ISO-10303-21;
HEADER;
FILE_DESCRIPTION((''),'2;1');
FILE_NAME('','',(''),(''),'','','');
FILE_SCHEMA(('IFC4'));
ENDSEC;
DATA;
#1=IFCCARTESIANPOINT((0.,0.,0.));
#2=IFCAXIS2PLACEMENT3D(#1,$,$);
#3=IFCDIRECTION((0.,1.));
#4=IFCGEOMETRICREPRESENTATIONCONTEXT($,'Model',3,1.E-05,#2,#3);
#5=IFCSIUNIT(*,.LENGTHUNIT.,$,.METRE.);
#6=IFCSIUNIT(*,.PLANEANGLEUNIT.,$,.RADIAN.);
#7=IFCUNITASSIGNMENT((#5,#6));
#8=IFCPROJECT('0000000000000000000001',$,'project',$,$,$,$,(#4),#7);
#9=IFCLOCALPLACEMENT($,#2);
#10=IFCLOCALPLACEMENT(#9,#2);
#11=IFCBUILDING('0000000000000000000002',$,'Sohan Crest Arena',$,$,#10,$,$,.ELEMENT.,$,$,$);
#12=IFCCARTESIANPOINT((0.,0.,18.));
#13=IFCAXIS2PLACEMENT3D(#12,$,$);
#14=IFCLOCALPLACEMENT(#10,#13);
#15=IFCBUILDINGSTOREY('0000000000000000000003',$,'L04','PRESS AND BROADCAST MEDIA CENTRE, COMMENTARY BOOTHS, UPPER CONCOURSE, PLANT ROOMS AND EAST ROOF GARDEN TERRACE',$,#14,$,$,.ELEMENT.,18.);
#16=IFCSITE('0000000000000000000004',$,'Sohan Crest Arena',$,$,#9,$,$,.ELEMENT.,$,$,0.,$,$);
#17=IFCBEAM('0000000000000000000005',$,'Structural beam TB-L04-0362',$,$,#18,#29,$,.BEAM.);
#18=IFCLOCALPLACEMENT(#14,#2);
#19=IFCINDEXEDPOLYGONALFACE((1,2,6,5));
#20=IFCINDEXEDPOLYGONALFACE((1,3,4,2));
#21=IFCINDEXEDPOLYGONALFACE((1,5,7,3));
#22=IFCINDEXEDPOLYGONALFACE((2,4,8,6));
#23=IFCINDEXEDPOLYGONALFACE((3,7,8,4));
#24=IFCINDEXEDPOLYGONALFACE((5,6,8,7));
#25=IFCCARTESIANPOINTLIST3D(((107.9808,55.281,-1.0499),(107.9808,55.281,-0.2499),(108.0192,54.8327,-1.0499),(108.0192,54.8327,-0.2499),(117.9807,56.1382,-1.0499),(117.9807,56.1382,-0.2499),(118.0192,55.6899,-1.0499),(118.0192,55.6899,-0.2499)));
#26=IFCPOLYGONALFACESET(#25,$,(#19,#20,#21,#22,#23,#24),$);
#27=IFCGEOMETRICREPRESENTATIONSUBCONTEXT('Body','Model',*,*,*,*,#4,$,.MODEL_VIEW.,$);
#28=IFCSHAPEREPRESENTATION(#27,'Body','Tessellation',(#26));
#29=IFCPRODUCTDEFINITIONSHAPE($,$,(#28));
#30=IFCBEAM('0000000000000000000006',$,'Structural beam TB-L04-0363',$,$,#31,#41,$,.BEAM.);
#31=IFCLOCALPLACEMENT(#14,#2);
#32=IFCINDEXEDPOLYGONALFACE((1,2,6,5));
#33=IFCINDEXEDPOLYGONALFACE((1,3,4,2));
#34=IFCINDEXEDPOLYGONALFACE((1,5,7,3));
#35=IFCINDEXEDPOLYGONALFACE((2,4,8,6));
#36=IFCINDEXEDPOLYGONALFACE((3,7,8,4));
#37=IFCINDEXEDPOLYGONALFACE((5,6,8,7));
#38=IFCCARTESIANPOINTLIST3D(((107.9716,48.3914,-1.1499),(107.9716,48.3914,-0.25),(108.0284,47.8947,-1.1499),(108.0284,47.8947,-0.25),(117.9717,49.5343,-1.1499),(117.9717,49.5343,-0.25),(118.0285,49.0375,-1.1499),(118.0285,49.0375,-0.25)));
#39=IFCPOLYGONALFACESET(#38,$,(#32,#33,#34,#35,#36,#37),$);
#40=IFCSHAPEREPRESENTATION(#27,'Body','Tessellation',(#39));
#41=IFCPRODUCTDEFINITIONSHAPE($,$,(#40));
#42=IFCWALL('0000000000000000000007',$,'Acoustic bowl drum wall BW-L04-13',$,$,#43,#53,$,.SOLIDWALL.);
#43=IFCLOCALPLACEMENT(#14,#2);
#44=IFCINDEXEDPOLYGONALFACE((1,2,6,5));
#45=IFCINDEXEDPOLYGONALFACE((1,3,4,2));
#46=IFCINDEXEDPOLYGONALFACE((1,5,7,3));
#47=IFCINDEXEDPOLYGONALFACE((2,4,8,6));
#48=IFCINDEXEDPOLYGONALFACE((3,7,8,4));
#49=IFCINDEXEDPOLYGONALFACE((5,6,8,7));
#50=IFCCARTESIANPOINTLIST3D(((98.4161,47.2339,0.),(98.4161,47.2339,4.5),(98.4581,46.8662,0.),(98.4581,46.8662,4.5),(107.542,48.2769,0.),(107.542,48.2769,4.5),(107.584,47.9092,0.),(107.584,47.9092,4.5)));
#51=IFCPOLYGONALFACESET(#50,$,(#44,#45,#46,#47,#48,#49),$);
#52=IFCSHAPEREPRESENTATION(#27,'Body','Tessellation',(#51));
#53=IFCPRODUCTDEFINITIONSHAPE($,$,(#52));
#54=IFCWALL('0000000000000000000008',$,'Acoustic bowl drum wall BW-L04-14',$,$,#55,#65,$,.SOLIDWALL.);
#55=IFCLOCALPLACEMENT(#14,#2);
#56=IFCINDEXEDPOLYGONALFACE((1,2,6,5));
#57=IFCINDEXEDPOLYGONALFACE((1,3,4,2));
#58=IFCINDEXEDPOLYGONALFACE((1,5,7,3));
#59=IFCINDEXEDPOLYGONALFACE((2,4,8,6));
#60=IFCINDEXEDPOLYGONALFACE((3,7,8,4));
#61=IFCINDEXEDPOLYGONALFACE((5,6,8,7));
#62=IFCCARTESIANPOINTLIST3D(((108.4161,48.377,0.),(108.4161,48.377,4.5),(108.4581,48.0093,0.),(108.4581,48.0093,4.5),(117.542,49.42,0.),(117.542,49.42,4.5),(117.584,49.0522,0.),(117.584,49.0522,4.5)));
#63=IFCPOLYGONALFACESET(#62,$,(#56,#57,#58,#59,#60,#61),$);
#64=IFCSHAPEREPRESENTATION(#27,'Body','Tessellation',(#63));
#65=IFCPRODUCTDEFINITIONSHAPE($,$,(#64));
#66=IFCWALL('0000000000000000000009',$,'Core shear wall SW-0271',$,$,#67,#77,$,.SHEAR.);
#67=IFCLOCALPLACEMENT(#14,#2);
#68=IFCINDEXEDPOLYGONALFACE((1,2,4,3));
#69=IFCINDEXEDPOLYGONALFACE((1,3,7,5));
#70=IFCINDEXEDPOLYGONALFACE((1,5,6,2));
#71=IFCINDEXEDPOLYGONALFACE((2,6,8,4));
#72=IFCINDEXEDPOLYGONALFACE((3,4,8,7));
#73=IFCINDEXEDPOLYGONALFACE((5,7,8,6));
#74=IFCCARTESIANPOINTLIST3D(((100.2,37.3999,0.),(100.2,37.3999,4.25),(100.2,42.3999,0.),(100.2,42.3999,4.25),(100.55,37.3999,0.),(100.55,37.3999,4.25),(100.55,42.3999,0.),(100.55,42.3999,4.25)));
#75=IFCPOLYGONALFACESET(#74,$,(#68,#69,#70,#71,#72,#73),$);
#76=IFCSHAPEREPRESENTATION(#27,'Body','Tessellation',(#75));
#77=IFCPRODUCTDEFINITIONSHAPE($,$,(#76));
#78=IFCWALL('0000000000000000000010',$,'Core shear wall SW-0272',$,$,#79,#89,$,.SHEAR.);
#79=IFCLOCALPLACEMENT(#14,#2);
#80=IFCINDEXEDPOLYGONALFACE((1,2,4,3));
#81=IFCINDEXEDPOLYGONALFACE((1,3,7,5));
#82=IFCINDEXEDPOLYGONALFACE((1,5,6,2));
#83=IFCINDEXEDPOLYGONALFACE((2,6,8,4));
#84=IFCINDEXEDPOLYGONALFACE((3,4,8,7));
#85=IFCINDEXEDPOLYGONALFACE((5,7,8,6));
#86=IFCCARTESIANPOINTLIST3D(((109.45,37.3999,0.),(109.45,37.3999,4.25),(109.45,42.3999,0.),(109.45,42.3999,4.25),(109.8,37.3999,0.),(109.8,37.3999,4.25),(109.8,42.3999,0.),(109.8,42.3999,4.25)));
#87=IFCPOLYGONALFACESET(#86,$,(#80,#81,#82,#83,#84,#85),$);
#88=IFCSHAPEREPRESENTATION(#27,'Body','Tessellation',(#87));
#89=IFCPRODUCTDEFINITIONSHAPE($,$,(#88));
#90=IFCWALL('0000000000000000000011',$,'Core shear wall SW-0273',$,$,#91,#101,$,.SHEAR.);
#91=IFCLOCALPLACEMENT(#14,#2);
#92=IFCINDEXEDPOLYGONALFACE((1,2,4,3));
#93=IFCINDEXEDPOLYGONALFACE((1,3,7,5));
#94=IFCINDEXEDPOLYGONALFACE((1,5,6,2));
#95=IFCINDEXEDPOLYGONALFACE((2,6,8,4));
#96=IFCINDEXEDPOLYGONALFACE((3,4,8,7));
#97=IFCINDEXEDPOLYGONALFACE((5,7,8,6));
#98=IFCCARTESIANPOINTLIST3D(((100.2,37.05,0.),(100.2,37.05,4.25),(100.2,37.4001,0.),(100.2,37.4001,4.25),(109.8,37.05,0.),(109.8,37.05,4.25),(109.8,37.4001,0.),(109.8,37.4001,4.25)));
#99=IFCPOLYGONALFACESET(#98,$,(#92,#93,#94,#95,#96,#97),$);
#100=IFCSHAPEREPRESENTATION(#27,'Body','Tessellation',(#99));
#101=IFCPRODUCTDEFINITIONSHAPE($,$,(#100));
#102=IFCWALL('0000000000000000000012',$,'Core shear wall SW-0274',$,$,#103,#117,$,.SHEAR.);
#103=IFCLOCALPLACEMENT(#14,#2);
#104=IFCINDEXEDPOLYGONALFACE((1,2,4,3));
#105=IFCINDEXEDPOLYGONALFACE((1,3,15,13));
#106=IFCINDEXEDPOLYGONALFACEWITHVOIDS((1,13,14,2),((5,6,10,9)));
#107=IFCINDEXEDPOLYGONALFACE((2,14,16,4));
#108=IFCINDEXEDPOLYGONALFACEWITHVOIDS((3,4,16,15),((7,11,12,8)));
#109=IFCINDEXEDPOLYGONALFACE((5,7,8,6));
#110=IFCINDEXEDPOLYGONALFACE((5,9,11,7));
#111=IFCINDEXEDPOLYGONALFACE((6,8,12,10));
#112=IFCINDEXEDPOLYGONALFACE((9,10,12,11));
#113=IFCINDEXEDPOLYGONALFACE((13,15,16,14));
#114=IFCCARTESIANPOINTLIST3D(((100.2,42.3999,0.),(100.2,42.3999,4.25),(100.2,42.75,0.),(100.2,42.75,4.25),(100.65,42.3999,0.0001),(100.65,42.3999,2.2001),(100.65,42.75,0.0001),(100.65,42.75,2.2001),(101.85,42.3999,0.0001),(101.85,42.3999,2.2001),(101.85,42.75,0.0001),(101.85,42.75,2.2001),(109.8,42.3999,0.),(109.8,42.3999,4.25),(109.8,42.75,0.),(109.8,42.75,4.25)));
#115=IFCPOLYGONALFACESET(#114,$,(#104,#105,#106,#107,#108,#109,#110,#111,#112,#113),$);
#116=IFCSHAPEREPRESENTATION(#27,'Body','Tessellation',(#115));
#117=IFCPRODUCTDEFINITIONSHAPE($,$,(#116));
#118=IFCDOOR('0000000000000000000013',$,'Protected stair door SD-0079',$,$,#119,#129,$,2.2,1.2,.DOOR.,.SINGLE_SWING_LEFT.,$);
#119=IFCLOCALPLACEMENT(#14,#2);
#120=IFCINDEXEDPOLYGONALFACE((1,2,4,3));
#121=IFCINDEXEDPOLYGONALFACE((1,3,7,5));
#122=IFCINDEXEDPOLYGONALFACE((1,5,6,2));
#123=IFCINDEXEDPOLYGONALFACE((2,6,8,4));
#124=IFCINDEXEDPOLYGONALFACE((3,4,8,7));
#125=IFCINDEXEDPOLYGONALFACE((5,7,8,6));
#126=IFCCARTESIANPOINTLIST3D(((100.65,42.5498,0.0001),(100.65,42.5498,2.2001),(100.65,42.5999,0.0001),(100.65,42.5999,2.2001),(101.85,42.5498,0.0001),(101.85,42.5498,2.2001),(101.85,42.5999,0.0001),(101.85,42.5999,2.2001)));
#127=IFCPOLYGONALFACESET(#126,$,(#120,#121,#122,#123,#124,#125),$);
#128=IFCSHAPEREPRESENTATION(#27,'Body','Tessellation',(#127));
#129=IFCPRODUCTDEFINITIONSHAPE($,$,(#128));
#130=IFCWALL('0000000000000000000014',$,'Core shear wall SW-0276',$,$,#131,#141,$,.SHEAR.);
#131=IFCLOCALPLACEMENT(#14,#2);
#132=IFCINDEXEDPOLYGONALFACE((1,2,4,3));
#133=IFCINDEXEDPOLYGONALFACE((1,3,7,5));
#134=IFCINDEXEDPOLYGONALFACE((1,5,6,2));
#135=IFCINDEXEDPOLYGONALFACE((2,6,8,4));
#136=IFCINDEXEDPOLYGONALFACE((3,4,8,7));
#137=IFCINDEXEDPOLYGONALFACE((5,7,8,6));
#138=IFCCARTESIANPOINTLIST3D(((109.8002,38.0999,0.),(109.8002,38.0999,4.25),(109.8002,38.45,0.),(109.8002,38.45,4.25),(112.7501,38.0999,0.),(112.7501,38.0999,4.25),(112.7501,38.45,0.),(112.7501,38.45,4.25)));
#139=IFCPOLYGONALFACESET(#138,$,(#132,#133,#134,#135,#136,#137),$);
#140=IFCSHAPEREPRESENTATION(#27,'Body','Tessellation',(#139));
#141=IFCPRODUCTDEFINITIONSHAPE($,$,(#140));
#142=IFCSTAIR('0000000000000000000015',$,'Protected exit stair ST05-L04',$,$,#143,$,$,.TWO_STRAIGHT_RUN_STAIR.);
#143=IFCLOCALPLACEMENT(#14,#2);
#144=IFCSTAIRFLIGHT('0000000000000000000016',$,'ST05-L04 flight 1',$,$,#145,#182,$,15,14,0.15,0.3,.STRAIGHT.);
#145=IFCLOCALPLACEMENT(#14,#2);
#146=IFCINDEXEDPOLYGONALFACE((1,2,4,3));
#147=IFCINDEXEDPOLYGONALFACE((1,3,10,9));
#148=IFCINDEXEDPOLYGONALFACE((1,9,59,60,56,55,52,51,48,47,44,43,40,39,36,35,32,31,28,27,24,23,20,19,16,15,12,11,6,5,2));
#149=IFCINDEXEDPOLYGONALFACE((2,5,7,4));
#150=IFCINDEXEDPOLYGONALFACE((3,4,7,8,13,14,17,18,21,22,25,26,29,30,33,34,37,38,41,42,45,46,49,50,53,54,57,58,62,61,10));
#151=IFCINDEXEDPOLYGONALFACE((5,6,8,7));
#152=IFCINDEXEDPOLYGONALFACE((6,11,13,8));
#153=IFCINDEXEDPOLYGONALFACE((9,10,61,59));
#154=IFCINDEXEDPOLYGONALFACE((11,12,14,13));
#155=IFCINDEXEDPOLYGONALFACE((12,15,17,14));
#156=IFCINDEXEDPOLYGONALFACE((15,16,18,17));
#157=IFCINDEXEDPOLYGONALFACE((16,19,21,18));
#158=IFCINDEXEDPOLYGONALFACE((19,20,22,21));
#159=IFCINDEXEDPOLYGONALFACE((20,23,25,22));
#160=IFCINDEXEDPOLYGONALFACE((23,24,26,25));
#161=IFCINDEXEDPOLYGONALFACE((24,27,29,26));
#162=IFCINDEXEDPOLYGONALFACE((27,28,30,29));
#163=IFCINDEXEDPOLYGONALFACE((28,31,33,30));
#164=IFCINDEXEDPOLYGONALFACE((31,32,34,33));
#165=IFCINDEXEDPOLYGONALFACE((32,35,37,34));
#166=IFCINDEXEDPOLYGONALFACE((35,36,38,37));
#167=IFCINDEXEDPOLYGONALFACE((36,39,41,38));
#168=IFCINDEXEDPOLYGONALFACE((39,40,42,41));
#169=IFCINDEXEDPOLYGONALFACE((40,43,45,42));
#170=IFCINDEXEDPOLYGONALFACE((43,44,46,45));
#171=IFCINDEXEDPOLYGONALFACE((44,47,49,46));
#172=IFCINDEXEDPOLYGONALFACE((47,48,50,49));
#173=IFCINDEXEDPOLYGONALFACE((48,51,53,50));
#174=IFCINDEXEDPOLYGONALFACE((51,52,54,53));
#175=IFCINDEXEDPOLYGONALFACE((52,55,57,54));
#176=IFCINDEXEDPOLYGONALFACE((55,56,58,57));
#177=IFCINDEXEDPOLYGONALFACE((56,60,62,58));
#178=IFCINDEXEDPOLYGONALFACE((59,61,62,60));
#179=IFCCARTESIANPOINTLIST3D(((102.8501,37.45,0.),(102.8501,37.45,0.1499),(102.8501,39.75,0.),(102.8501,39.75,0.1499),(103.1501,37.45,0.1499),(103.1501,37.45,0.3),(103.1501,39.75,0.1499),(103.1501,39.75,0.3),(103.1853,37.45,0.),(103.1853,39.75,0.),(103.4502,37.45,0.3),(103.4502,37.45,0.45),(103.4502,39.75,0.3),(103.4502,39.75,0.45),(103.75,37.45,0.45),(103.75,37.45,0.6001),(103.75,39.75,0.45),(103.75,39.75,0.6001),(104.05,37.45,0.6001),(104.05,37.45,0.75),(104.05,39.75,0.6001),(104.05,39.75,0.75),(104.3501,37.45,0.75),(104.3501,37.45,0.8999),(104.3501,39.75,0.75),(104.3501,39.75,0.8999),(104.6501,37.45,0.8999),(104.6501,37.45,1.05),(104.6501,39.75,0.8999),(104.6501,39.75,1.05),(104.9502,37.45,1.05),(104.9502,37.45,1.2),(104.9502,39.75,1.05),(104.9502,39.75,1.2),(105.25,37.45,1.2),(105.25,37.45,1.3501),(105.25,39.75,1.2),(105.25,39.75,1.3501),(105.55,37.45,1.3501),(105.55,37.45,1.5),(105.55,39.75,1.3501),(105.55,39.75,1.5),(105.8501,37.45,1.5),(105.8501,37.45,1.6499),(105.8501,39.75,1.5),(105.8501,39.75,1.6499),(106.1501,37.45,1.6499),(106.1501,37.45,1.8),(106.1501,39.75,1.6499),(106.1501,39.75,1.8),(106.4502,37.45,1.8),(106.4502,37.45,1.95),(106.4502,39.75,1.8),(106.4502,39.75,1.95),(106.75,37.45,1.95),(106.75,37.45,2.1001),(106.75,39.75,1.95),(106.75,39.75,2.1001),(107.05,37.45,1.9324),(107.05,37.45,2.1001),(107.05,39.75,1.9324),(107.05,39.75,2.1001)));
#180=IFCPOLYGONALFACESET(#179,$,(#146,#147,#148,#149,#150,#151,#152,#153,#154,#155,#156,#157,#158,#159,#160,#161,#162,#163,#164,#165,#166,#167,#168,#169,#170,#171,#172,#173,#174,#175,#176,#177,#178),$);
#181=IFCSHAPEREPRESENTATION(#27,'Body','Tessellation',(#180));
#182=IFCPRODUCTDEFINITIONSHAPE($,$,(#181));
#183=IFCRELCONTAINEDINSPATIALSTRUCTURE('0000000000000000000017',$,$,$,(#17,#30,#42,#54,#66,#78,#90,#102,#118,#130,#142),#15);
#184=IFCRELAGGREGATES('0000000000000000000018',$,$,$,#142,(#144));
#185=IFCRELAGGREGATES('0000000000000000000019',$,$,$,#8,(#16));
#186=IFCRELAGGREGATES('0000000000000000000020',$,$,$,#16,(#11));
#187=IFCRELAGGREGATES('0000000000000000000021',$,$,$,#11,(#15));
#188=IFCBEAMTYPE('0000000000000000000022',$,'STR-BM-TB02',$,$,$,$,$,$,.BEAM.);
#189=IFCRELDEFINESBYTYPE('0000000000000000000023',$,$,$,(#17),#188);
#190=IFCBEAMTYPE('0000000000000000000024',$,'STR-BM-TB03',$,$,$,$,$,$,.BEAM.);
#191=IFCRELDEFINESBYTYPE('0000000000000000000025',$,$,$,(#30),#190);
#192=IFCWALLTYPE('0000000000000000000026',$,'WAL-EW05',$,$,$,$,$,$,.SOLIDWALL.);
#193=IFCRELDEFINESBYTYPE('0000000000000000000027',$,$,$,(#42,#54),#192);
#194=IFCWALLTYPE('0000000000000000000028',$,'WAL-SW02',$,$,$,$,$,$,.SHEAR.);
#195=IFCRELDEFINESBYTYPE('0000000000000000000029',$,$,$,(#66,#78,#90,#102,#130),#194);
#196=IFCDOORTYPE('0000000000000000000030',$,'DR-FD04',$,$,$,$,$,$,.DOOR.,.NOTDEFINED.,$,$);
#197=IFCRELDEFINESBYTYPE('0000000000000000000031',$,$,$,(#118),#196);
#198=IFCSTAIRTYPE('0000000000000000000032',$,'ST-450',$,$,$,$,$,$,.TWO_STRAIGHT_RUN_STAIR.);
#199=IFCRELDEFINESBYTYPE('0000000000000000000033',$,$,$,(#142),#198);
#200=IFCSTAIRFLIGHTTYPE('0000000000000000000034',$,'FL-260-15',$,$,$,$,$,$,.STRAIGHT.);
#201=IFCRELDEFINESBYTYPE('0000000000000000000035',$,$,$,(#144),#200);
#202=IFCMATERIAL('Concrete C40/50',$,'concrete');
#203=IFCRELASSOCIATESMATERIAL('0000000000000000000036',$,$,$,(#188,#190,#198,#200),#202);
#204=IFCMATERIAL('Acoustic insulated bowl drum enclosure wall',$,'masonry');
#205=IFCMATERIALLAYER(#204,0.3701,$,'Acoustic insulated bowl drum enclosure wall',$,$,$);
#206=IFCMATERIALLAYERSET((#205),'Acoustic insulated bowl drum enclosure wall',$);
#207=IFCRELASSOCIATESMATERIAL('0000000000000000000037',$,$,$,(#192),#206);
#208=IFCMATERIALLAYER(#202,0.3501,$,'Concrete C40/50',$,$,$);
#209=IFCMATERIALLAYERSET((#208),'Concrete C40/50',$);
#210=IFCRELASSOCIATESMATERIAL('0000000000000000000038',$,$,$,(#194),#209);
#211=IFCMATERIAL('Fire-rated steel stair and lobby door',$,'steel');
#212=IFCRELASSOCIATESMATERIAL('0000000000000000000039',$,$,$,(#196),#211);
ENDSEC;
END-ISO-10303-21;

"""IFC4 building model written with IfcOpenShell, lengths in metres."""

from ifc_helpers import new_model, si_unit, direction, frame, frame_2d, origin, origin_2d, place, context, subcontext, project, spatial, polyline, rectangle, outline, extrude, material, layer, layer_set, material_profile, profile_set, type_object, element, fill, aggregate, save


model = new_model("IFC4")

# Units and contexts
model_context = context("Model", 3, precision=1e-05, world=origin(), true_north=direction((0.0, 1.0)))
body_context = subcontext(model_context, "Body", "Model", "MODEL_VIEW")
ifc_project = project(units=[si_unit("LENGTHUNIT", "METRE"), si_unit("PLANEANGLEUNIT", "RADIAN")], contexts=[model_context])

# Site, building, storey
site_placement = place(None, origin())
site = spatial("IfcSite", under=ifc_project, at=site_placement, Name="Sohan Crest Arena", CompositionType="ELEMENT", RefElevation=0.0)
building_placement = place(site_placement, origin())
building = spatial("IfcBuilding", under=site, at=building_placement, Name="Sohan Crest Arena", CompositionType="ELEMENT")
storey_placement = place(building_placement, frame((0.0, 0.0, 18.0)))
storey = spatial("IfcBuildingStorey", under=building, at=storey_placement, Name="L04", Description="PRESS AND BROADCAST MEDIA CENTRE, COMMENTARY BOOTHS, UPPER CONCOURSE, PLANT ROOMS AND EAST ROOF GARDEN TERRACE", CompositionType="ELEMENT", Elevation=18.0)

# Shared definitions
ifc_material_1 = material(Name="Concrete C40/50", Category="concrete")

# Beams
ifc_material_profile_1 = material_profile(ifc_material_1, rectangle(XDim=0.45, YDim=0.8, at=origin_2d()), Name="RC-BM 450x800")
ifc_profile_set_1 = profile_set([ifc_material_profile_1], Name="Concrete C40/50")
beam_type_1 = type_object("IfcBeamType", Name="STR-BM-TB02", PredefinedType="BEAM", material=ifc_profile_set_1)
beam_1_placement = place(storey_placement, frame((108.0, 55.0569, -0.6499), z_axis=(0.996346, 0.085405, 0.0), x_axis=(-0.085405, 0.996346, 0.0)))
element("IfcBeam", 1, at=beam_1_placement, inside=storey, type_object=beam_type_1, Name="Structural beam TB-L04-0362", PredefinedType="BEAM", context=body_context, shape_type="SweptSolid", body=[
    extrude(rectangle(XDim=0.45, YDim=0.8, at=origin_2d()), origin(), (0.0, 0.0, 1.0), 10.0366),
])
ifc_material_profile_2 = material_profile(ifc_material_1, rectangle(XDim=0.5, YDim=0.8999, at=origin_2d()), Name="RC-BM 500x900")
ifc_profile_set_2 = profile_set([ifc_material_profile_2], Name="Concrete C40/50")
beam_type_2 = type_object("IfcBeamType", Name="STR-BM-TB03", PredefinedType="BEAM", material=ifc_profile_set_2)
beam_2_placement = place(storey_placement, frame((108.0, 48.1431, -0.7), z_axis=(0.993533, 0.113543, 0.0), x_axis=(-0.113543, 0.993533, 0.0)))
element("IfcBeam", 2, at=beam_2_placement, inside=storey, type_object=beam_type_2, Name="Structural beam TB-L04-0363", PredefinedType="BEAM", context=body_context, shape_type="SweptSolid", body=[
    extrude(rectangle(XDim=0.5, YDim=0.8999, at=origin_2d()), origin(), (0.0, 0.0, 1.0), 10.0652),
])

# Walls
ifc_material_2 = material(Name="Acoustic insulated bowl drum enclosure wall", Category="masonry")
ifc_layer_1 = layer(ifc_material_2, 0.3701, Name="Acoustic insulated bowl drum enclosure wall")
ifc_layer_set_1 = layer_set([ifc_layer_1], Name="Acoustic insulated bowl drum enclosure wall")
wall_type_1 = type_object("IfcWallType", Name="WAL-EW05", PredefinedType="SOLIDWALL", material=ifc_layer_set_1)
for number, where, z_axis, x_axis, name in (
    (3, (98.437, 47.05, 0.0), (0.0, 0.0, 1.0), (0.993533, 0.113547, 0.0), "Acoustic bowl drum wall BW-L04-13"),
    (4, (108.437, 48.1931, 0.0), (0.0, 0.0, 1.0), (0.993533, 0.113547, 0.0), "Acoustic bowl drum wall BW-L04-14"),
):
    element("IfcWall", number, at=place(storey_placement, frame(where, z_axis=z_axis, x_axis=x_axis)), inside=storey, type_object=wall_type_1, Name=name, PredefinedType="SOLIDWALL", context=body_context, shape_type="SweptSolid", body=[
        extrude(rectangle(XDim=9.1853, YDim=0.3701, at=frame_2d((4.5928, 0.0))), origin(), (0.0, 0.0, 1.0), 4.5),
    ])
ifc_layer_2 = layer(ifc_material_1, 0.3501, Name="Concrete C40/50")
ifc_layer_set_2 = layer_set([ifc_layer_2], Name="Concrete C40/50")
wall_type_2 = type_object("IfcWallType", Name="WAL-SW02", PredefinedType="SHEAR", material=ifc_layer_set_2)
for number, where, z_axis, x_axis, name in (
    (5, (100.375, 37.3999, 0.0), (0.0, 0.0, 1.0), (0.0, 1.0, 0.0), "Core shear wall SW-0271"),
    (6, (109.625, 37.3999, 0.0), (0.0, 0.0, 1.0), (0.0, 1.0, 0.0), "Core shear wall SW-0272"),
):
    element("IfcWall", number, at=place(storey_placement, frame(where, z_axis=z_axis, x_axis=x_axis)), inside=storey, type_object=wall_type_2, Name=name, PredefinedType="SHEAR", context=body_context, shape_type="SweptSolid", body=[
        extrude(rectangle(XDim=5.0, YDim=0.3501, at=frame_2d((2.5, 0.0))), origin(), (0.0, 0.0, 1.0), 4.25),
    ])
wall_1_placement = place(storey_placement, frame((100.2, 37.2251, 0.0), z_axis=(0.0, 0.0, 1.0), x_axis=(1.0, 0.0, 0.0)))
element("IfcWall", 7, at=wall_1_placement, inside=storey, type_object=wall_type_2, Name="Core shear wall SW-0273", PredefinedType="SHEAR", context=body_context, shape_type="SweptSolid", body=[
    extrude(rectangle(XDim=9.6001, YDim=0.3501, at=frame_2d((4.8, 0.0))), origin(), (0.0, 0.0, 1.0), 4.25),
])

# Wall, opening, door
wall_2_placement = place(storey_placement, frame((100.2, 42.575, 0.0), z_axis=(0.0, 0.0, 1.0), x_axis=(1.0, 0.0, 0.0)))
wall_2 = element("IfcWall", 8, at=wall_2_placement, inside=storey, type_object=wall_type_2, Name="Core shear wall SW-0274", PredefinedType="SHEAR", context=body_context, shape_type="SweptSolid", body=[
    extrude(rectangle(XDim=9.6001, YDim=0.3501, at=frame_2d((4.8, 0.0))), origin(), (0.0, 0.0, 1.0), 4.25),
])
opening_placement = place(wall_2_placement, frame((0.45, 0.0, 0.0)))
opening = element("IfcOpeningElement", 9, at=opening_placement, cuts=wall_2, PredefinedType="OPENING", context=body_context, shape_type="SweptSolid", body=[
    extrude(rectangle(XDim=1.2, YDim=2.2, at=frame_2d((0.6001, 1.1001))), frame((0.0, 0.1851, 0.0), z_axis=(0.0, -1.0, 0.0), x_axis=(1.0, 0.0, 0.0)), (0.0, 0.0, 1.0), 0.3701),
])
ifc_material_3 = material(Name="Fire-rated steel stair and lobby door", Category="steel")
door_type = type_object("IfcDoorType", Name="DR-FD04", OperationType="NOTDEFINED", PredefinedType="DOOR", material=ifc_material_3)
door_placement = place(opening_placement, origin())
door = element("IfcDoor", 10, at=door_placement, inside=storey, type_object=door_type, Name="Protected stair door SD-0079", OperationType="SINGLE_SWING_LEFT", OverallHeight=2.2, OverallWidth=1.2, PredefinedType="DOOR", context=body_context, shape_type="SweptSolid", body=[
    extrude(rectangle(XDim=1.2, YDim=2.2, at=frame_2d((0.6001, 1.1001))), frame((0.0, 0.0249, 0.0), z_axis=(0.0, -1.0, 0.0), x_axis=(1.0, 0.0, 0.0)), (0.0, 0.0, 1.0), 0.05),
])
fill(opening, door)

# Wall
wall_3_placement = place(storey_placement, frame((109.8, 38.2749, 0.0), z_axis=(0.0, 0.0, 1.0), x_axis=(1.0, 0.0, 0.0)))
element("IfcWall", 11, at=wall_3_placement, inside=storey, type_object=wall_type_2, Name="Core shear wall SW-0276", PredefinedType="SHEAR", context=body_context, shape_type="SweptSolid", body=[
    extrude(rectangle(XDim=2.95, YDim=0.3501, at=frame_2d((1.4751, 0.0))), origin(), (0.0, 0.0, 1.0), 4.25),
])

# Stair, stair flight
stair_type = type_object("IfcStairType", Name="ST-450", PredefinedType="TWO_STRAIGHT_RUN_STAIR", material=ifc_material_1)
stair_placement = place(storey_placement, origin())
stair = element("IfcStair", 12, at=stair_placement, inside=storey, type_object=stair_type, Name="Protected exit stair ST05-L04", PredefinedType="TWO_STRAIGHT_RUN_STAIR")
stair_flight_type = type_object("IfcStairFlightType", Name="FL-260-15", PredefinedType="STRAIGHT", material=ifc_material_1)
stair_flight_1_placement = place(storey_placement, frame((102.8501, 38.6001, 0.0), z_axis=(0.0, 0.0, 1.0), x_axis=(1.0, 0.0, 0.0)))
stair_flight_1 = element("IfcStairFlight", 13, at=stair_flight_1_placement, type_object=stair_flight_type, Name="ST05-L04 flight 1", NumberOfRisers=15, NumberOfTreads=14, PredefinedType="STRAIGHT", RiserHeight=0.15, TreadLength=0.3, context=body_context, shape_type="SweptSolid", body=[
    extrude(outline(polyline([(0.0, 0.0), (0.0, 0.1499), (0.3, 0.1499), (0.3, 0.3), (0.6001, 0.3), (0.6001, 0.45), (0.8999, 0.45), (0.8999, 0.6001), (1.2, 0.6001), (1.2, 0.75), (1.5, 0.75), (1.5, 0.8999), (1.8, 0.8999), (1.8, 1.05), (2.1001, 1.05), (2.1001, 1.2), (2.3999, 1.2), (2.3999, 1.3501), (2.7, 1.3501), (2.7, 1.5), (3.0, 1.5), (3.0, 1.6499), (3.3, 1.6499), (3.3, 1.8), (3.6001, 1.8), (3.6001, 1.95), (3.8999, 1.95), (3.8999, 2.1001), (4.2, 2.1001), (4.2, 2.25), (4.2, 1.9324), (0.3352, 0.0), (0.0, 0.0)])), frame((0.0, 1.1499, 0.0), z_axis=(0.0, -1.0, 0.0), x_axis=(1.0, 0.0, 0.0)), (0.0, 0.0, 1.0), 2.3),
])
aggregate(stair, [stair_flight_1])

save(model, "model.ifc")
